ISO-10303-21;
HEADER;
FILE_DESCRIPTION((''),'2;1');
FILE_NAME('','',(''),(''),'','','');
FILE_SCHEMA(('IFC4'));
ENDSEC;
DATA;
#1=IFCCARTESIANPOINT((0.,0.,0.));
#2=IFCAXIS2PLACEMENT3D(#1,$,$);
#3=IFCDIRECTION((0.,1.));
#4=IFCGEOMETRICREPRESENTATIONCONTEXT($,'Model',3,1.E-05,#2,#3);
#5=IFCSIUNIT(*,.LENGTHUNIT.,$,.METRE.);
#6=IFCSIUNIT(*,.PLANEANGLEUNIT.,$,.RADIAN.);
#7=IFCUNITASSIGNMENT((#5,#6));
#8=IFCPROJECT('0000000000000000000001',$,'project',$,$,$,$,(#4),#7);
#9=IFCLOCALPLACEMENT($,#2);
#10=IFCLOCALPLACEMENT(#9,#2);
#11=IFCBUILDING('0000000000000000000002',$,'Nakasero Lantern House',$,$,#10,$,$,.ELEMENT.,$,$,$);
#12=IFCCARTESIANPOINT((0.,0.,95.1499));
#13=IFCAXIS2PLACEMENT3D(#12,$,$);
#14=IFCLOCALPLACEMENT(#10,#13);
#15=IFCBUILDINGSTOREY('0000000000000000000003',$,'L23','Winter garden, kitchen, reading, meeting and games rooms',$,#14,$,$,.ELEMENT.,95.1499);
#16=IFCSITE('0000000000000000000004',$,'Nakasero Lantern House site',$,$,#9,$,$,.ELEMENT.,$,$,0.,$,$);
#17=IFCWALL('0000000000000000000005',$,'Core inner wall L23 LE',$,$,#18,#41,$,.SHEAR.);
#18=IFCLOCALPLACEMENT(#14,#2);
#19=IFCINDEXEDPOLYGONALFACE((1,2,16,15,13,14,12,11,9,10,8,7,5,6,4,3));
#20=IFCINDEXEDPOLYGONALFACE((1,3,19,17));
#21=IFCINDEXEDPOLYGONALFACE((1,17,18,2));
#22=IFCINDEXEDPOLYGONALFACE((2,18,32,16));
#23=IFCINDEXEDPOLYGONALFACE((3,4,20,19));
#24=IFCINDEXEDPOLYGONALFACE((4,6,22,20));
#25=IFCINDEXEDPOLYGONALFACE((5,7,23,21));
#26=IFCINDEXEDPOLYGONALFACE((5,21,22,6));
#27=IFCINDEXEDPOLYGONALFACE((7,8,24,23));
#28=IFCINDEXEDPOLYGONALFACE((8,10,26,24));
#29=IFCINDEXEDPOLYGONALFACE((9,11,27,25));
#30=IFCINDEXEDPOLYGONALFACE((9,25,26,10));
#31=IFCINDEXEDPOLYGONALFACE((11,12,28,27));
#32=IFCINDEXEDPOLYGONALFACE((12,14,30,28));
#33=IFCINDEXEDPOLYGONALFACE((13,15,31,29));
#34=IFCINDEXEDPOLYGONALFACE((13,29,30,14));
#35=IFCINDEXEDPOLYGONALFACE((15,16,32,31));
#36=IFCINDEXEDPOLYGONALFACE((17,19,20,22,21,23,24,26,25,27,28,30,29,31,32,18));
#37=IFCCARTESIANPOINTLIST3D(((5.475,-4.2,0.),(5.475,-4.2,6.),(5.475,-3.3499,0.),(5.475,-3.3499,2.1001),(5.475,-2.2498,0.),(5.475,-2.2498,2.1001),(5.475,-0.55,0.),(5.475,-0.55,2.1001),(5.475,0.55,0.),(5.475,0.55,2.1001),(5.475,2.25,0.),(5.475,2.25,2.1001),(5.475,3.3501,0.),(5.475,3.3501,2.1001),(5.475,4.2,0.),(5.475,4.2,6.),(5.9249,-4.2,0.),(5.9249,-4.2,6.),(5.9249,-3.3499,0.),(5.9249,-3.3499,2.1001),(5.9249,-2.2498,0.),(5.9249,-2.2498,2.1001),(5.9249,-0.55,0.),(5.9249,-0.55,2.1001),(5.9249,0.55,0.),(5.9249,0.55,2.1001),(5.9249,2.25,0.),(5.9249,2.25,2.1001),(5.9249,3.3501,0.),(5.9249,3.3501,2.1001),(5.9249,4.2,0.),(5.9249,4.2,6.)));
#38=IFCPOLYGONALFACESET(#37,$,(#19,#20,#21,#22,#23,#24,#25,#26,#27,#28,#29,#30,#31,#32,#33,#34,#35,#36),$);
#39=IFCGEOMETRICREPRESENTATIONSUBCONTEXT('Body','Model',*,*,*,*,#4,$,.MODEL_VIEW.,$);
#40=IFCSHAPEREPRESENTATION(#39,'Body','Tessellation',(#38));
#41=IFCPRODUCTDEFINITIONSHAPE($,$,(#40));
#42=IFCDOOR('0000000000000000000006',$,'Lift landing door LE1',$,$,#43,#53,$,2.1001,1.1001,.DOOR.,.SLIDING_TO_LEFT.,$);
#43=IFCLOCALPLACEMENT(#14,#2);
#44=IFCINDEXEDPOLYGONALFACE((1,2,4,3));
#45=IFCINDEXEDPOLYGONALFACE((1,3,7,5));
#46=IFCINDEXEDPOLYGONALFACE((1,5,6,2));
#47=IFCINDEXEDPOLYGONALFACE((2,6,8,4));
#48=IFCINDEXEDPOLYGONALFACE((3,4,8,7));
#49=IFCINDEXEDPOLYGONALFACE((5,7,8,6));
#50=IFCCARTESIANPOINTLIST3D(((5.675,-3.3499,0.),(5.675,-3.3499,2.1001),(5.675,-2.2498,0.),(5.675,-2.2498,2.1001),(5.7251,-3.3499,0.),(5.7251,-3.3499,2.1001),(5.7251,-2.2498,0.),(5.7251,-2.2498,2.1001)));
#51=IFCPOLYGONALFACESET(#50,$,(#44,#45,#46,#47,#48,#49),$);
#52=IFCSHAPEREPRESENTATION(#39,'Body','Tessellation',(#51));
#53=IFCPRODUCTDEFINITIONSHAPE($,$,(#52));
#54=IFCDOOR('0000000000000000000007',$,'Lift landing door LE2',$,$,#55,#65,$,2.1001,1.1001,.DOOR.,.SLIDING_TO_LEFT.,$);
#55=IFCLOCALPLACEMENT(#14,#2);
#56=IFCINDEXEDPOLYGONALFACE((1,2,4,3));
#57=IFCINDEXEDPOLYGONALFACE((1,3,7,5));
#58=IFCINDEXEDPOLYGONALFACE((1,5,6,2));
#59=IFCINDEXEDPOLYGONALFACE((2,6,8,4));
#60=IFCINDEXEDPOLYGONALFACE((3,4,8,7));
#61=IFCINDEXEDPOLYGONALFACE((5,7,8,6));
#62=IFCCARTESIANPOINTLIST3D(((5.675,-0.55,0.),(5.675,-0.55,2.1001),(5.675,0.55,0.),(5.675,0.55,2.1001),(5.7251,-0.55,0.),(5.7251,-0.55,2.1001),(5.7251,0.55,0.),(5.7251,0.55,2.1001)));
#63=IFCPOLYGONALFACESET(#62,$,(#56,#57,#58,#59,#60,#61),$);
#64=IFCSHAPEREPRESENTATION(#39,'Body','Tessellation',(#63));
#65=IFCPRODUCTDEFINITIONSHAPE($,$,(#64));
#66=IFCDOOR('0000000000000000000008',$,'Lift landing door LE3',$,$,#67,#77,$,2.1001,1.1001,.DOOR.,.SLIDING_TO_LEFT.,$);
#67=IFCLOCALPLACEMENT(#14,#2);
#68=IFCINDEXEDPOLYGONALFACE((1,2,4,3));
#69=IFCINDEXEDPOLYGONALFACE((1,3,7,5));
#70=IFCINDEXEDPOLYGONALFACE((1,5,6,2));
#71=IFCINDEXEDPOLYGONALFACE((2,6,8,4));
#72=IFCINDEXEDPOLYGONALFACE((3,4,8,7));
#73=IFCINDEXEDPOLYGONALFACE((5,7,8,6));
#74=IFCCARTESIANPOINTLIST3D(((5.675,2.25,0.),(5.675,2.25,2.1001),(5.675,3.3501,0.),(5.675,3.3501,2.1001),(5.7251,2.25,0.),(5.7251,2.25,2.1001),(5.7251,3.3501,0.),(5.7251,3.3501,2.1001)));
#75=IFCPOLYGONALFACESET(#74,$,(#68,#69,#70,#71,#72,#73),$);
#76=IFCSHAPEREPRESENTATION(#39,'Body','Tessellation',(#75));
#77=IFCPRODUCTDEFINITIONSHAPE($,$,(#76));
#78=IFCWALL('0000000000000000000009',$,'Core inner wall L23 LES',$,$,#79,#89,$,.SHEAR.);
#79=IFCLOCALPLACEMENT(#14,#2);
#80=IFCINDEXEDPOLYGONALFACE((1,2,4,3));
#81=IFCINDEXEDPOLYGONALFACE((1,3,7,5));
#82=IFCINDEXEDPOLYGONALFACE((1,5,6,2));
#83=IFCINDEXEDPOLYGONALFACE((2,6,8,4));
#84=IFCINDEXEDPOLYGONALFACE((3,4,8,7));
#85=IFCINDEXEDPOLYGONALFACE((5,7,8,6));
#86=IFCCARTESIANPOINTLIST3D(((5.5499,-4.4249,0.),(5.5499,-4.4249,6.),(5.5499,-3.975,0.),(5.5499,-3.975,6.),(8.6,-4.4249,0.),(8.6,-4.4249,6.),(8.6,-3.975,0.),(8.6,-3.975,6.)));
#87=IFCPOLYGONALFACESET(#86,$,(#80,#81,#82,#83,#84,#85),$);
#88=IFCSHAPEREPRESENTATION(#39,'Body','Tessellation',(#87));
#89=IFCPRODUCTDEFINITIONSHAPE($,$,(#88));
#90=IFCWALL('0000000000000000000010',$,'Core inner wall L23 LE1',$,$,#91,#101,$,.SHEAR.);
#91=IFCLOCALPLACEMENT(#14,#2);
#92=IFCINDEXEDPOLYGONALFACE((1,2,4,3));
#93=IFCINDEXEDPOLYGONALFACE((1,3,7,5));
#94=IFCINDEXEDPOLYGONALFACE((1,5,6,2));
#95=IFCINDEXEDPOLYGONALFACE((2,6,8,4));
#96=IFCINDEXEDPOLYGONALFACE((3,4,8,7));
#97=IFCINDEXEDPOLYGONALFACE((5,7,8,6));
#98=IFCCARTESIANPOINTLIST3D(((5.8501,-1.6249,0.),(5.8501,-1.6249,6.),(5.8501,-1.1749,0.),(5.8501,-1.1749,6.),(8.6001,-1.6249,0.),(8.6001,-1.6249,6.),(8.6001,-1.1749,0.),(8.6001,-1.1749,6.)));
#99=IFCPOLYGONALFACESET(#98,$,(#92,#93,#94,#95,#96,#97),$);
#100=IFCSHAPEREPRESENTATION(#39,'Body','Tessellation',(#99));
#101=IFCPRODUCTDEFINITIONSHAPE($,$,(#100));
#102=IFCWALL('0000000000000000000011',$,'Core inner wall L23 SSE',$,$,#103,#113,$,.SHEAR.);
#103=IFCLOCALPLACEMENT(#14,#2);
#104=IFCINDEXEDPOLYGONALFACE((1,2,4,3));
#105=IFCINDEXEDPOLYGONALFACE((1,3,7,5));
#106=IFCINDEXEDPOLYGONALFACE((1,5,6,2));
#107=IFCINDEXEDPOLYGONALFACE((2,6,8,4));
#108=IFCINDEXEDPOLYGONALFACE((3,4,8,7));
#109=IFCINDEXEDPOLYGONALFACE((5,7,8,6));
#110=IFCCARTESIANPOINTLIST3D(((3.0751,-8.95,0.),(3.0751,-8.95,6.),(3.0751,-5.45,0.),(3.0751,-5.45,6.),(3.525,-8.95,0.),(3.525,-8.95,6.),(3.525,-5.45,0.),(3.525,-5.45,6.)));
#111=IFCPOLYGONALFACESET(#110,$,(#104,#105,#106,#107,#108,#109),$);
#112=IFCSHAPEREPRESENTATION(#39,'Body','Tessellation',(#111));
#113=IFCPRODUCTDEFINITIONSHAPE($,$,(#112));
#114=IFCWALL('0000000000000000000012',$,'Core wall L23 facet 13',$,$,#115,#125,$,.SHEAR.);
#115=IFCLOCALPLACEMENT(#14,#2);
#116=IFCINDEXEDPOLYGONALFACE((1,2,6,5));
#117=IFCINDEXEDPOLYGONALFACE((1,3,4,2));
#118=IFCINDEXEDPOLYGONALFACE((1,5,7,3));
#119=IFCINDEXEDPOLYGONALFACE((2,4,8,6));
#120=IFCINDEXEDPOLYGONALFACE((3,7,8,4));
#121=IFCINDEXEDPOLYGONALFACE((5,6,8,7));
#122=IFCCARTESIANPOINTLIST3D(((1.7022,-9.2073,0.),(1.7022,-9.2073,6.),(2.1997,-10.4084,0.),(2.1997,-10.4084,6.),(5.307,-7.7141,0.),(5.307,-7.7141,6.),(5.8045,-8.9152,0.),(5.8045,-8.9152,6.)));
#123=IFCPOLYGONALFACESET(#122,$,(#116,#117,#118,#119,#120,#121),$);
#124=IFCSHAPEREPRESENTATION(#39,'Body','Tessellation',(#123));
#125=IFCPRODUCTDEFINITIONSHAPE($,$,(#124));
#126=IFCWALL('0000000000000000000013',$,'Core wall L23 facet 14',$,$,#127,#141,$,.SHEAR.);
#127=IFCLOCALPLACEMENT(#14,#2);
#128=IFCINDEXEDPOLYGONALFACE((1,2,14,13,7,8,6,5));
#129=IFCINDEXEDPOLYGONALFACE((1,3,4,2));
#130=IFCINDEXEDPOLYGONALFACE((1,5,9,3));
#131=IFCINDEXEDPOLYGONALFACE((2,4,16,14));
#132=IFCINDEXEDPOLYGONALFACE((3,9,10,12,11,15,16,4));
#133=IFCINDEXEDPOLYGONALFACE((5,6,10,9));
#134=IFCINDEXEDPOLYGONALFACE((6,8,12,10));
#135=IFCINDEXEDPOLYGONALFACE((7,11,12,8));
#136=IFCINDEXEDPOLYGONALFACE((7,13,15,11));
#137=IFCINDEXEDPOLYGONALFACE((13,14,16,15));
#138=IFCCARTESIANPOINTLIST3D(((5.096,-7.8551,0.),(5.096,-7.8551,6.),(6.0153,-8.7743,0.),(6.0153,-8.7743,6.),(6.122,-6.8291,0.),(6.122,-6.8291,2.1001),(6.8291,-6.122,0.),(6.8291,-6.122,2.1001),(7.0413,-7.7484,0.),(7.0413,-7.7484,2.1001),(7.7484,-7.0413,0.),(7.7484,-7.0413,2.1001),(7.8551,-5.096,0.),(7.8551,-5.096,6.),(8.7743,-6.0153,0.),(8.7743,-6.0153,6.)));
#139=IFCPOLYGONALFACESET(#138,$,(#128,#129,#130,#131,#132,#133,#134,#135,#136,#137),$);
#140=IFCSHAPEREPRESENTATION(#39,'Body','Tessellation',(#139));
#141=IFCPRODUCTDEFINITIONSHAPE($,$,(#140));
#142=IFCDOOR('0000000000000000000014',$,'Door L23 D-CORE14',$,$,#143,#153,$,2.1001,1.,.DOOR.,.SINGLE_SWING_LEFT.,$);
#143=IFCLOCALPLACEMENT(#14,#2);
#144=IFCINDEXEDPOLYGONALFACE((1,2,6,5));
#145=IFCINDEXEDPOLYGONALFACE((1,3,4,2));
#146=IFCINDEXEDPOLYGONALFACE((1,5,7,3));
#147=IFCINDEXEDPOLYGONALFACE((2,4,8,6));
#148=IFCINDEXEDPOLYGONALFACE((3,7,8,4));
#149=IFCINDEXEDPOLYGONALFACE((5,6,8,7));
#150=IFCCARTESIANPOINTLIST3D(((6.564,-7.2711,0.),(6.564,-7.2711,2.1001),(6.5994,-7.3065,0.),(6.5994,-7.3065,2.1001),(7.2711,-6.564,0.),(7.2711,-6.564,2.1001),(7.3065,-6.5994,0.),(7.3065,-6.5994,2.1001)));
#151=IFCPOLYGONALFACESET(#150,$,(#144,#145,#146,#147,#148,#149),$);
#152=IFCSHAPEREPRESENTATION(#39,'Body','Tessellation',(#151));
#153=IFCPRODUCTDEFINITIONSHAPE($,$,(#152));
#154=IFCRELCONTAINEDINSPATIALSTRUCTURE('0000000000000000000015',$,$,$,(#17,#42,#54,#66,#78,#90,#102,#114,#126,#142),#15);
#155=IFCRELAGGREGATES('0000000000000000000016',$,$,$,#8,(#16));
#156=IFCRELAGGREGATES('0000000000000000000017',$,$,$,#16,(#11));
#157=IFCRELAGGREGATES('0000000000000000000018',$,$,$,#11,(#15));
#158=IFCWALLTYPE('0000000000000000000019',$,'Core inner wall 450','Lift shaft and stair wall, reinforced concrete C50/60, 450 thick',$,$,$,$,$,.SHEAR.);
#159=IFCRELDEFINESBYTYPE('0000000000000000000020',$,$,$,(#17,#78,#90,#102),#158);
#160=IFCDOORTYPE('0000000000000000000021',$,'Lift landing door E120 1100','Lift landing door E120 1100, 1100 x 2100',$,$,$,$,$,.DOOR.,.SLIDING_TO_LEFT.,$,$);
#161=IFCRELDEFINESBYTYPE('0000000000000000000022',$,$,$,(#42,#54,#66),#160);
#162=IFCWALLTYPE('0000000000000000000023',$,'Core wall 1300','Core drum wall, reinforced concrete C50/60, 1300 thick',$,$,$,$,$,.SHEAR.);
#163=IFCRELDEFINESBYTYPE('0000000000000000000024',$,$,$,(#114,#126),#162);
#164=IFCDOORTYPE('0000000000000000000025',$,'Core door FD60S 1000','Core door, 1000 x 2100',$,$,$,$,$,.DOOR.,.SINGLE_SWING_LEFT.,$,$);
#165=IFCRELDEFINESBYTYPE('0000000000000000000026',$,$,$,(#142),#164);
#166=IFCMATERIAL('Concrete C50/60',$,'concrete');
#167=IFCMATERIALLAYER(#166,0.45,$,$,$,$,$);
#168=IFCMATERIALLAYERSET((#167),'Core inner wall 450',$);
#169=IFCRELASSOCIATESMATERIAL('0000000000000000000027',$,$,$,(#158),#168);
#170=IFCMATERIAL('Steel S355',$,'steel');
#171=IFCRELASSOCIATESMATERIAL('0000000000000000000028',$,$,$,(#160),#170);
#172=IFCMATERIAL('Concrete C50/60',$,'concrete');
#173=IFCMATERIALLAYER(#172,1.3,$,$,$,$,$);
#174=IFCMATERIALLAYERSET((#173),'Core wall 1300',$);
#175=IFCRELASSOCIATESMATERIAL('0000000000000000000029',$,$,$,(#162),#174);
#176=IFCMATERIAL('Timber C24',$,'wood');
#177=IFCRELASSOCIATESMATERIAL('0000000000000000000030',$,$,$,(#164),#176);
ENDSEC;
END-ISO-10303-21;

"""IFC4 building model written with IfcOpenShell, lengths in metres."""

from ifc_helpers import new_model, si_unit, direction, frame, frame_2d, origin, place, context, subcontext, project, spatial, rectangle, extrude, material, layer, layer_set, type_object, element, fill, save


model = new_model("IFC4")

# Units and contexts
model_context = context("Model", 3, precision=1e-05, world=origin(), true_north=direction((0.0, 1.0)))
body_context = subcontext(model_context, "Body", "Model", "MODEL_VIEW")
ifc_project = project(units=[si_unit("LENGTHUNIT", "METRE"), si_unit("PLANEANGLEUNIT", "RADIAN")], contexts=[model_context])

# Site, building, storey
site_placement = place(None, origin())
site = spatial("IfcSite", under=ifc_project, at=site_placement, Name="Nakasero Lantern House site", CompositionType="ELEMENT", RefElevation=0.0)
building_placement = place(site_placement, origin())
building = spatial("IfcBuilding", under=site, at=building_placement, Name="Nakasero Lantern House", CompositionType="ELEMENT")
storey_placement = place(building_placement, frame((0.0, 0.0, 95.1499)))
storey = spatial("IfcBuildingStorey", under=building, at=storey_placement, Name="L23", Description="Winter garden, kitchen, reading, meeting and games rooms", CompositionType="ELEMENT", Elevation=95.1499)

# Wall, openings, doors
ifc_material_1 = material(Name="Concrete C50/60", Category="concrete")
ifc_layer_1 = layer(ifc_material_1, 0.45)
ifc_layer_set_1 = layer_set([ifc_layer_1], Name="Core inner wall 450")
wall_type_1 = type_object("IfcWallType", Name="Core inner wall 450", Description="Lift shaft and stair wall, reinforced concrete C50/60, 450 thick", PredefinedType="SHEAR", material=ifc_layer_set_1)
wall_1_placement = place(storey_placement, frame((5.7, -4.2, 0.0), z_axis=(0.0, 0.0, 1.0), x_axis=(0.0, 1.0, 0.0)))
wall_1 = element("IfcWall", 1, at=wall_1_placement, inside=storey, type_object=wall_type_1, Name="Core inner wall L23 LE", PredefinedType="SHEAR", context=body_context, shape_type="SweptSolid", body=[
    extrude(rectangle(XDim=8.3999, YDim=0.45, at=frame_2d((4.2, 0.0))), origin(), (0.0, 0.0, 1.0), 6.0),
])
opening_1_placement = place(wall_1_placement, frame((0.8501, 0.0, 0.0)))
opening_1 = element("IfcOpeningElement", 2, at=opening_1_placement, cuts=wall_1, PredefinedType="OPENING", context=body_context, shape_type="SweptSolid", body=[
    extrude(rectangle(XDim=1.1001, YDim=2.1001, at=frame_2d((0.55, 1.05))), frame((0.0, 0.2449, 0.0), z_axis=(0.0, -1.0, 0.0), x_axis=(1.0, 0.0, 0.0)), (0.0, 0.0, 1.0), 0.49),
])
opening_2_placement = place(wall_1_placement, frame((3.6499, 0.0, 0.0)))
opening_2 = element("IfcOpeningElement", 3, at=opening_2_placement, cuts=wall_1, PredefinedType="OPENING", context=body_context, shape_type="SweptSolid", body=[
    extrude(rectangle(XDim=1.1001, YDim=2.1001, at=frame_2d((0.55, 1.05))), frame((0.0, 0.2449, 0.0), z_axis=(0.0, -1.0, 0.0), x_axis=(1.0, 0.0, 0.0)), (0.0, 0.0, 1.0), 0.49),
])
opening_3_placement = place(wall_1_placement, frame((6.45, 0.0, 0.0)))
opening_3 = element("IfcOpeningElement", 4, at=opening_3_placement, cuts=wall_1, PredefinedType="OPENING", context=body_context, shape_type="SweptSolid", body=[
    extrude(rectangle(XDim=1.1001, YDim=2.1001, at=frame_2d((0.55, 1.05))), frame((0.0, 0.2449, 0.0), z_axis=(0.0, -1.0, 0.0), x_axis=(1.0, 0.0, 0.0)), (0.0, 0.0, 1.0), 0.49),
])
ifc_material_2 = material(Name="Steel S355", Category="steel")
door_type_1 = type_object("IfcDoorType", Name="Lift landing door E120 1100", Description="Lift landing door E120 1100, 1100 x 2100", OperationType="SLIDING_TO_LEFT", PredefinedType="DOOR", material=ifc_material_2)
door_1_placement = place(opening_1_placement, origin())
door_1 = element("IfcDoor", 5, at=door_1_placement, inside=storey, type_object=door_type_1, Name="Lift landing door LE1", OperationType="SLIDING_TO_LEFT", OverallHeight=2.1001, OverallWidth=1.1001, PredefinedType="DOOR", context=body_context, shape_type="SweptSolid", body=[
    extrude(rectangle(XDim=1.1001, YDim=2.1001, at=frame_2d((0.55, 1.05))), frame((0.0, 0.0249, 0.0), z_axis=(0.0, -1.0, 0.0), x_axis=(1.0, 0.0, 0.0)), (0.0, 0.0, 1.0), 0.05),
])
fill(opening_1, door_1)
door_2_placement = place(opening_2_placement, origin())
door_2 = element("IfcDoor", 6, at=door_2_placement, inside=storey, type_object=door_type_1, Name="Lift landing door LE2", OperationType="SLIDING_TO_LEFT", OverallHeight=2.1001, OverallWidth=1.1001, PredefinedType="DOOR", context=body_context, shape_type="SweptSolid", body=[
    extrude(rectangle(XDim=1.1001, YDim=2.1001, at=frame_2d((0.55, 1.05))), frame((0.0, 0.0249, 0.0), z_axis=(0.0, -1.0, 0.0), x_axis=(1.0, 0.0, 0.0)), (0.0, 0.0, 1.0), 0.05),
])
fill(opening_2, door_2)
door_3_placement = place(opening_3_placement, origin())
door_3 = element("IfcDoor", 7, at=door_3_placement, inside=storey, type_object=door_type_1, Name="Lift landing door LE3", OperationType="SLIDING_TO_LEFT", OverallHeight=2.1001, OverallWidth=1.1001, PredefinedType="DOOR", context=body_context, shape_type="SweptSolid", body=[
    extrude(rectangle(XDim=1.1001, YDim=2.1001, at=frame_2d((0.55, 1.05))), frame((0.0, 0.0249, 0.0), z_axis=(0.0, -1.0, 0.0), x_axis=(1.0, 0.0, 0.0)), (0.0, 0.0, 1.0), 0.05),
])
fill(opening_3, door_3)

# Walls
wall_2_placement = place(storey_placement, frame((5.55, -4.2, 0.0), z_axis=(0.0, 0.0, 1.0), x_axis=(1.0, 0.0, 0.0)))
element("IfcWall", 8, at=wall_2_placement, inside=storey, type_object=wall_type_1, Name="Core inner wall L23 LES", PredefinedType="SHEAR", context=body_context, shape_type="SweptSolid", body=[
    extrude(rectangle(XDim=3.05, YDim=0.45, at=frame_2d((1.5249, 0.0))), origin(), (0.0, 0.0, 1.0), 6.0),
])
wall_3_placement = place(storey_placement, frame((5.8501, -1.3999, 0.0), z_axis=(0.0, 0.0, 1.0), x_axis=(1.0, 0.0, 0.0)))
element("IfcWall", 9, at=wall_3_placement, inside=storey, type_object=wall_type_1, Name="Core inner wall L23 LE1", PredefinedType="SHEAR", context=body_context, shape_type="SweptSolid", body=[
    extrude(rectangle(XDim=2.75, YDim=0.45, at=frame_2d((1.375, 0.0))), origin(), (0.0, 0.0, 1.0), 6.0),
])
wall_4_placement = place(storey_placement, frame((3.3, -5.45, 0.0), z_axis=(0.0, 0.0, 1.0), x_axis=(0.0, -1.0, 0.0)))
element("IfcWall", 10, at=wall_4_placement, inside=storey, type_object=wall_type_1, Name="Core inner wall L23 SSE", PredefinedType="SHEAR", context=body_context, shape_type="SweptSolid", body=[
    extrude(rectangle(XDim=3.5, YDim=0.45, at=frame_2d((1.75, 0.0))), origin(), (0.0, 0.0, 1.0), 6.0),
])
ifc_material_3 = material(Name="Concrete C50/60", Category="concrete")
ifc_layer_2 = layer(ifc_material_3, 1.3)
ifc_layer_set_2 = layer_set([ifc_layer_2], Name="Core wall 1300")
wall_type_2 = type_object("IfcWallType", Name="Core wall 1300", Description="Core drum wall, reinforced concrete C50/60, 1300 thick", PredefinedType="SHEAR", material=ifc_layer_set_2)
wall_5_placement = place(storey_placement, frame((1.9509, -9.8079, 0.0), z_axis=(0.0, 0.0, 1.0), x_axis=(0.923877, 0.382691, 0.0)))
element("IfcWall", 11, at=wall_5_placement, inside=storey, type_object=wall_type_2, Name="Core wall L23 facet 13", PredefinedType="SHEAR", context=body_context, shape_type="SweptSolid", body=[
    extrude(rectangle(XDim=3.9019, YDim=1.3, at=frame_2d((1.9509, 0.0))), origin(), (0.0, 0.0, 1.0), 6.0),
])

# Wall, opening, door
wall_6_placement = place(storey_placement, frame((5.5557, -8.3147, 0.0), z_axis=(0.0, 0.0, 1.0), x_axis=(0.707107, 0.707107, 0.0)))
wall_6 = element("IfcWall", 12, at=wall_6_placement, inside=storey, type_object=wall_type_2, Name="Core wall L23 facet 14", PredefinedType="SHEAR", context=body_context, shape_type="SweptSolid", body=[
    extrude(rectangle(XDim=3.9019, YDim=1.3, at=frame_2d((1.9509, 0.0))), origin(), (0.0, 0.0, 1.0), 6.0),
])
opening_4_placement = place(wall_6_placement, frame((1.4509, 0.0, 0.0)))
opening_4 = element("IfcOpeningElement", 13, at=opening_4_placement, cuts=wall_6, PredefinedType="OPENING", context=body_context, shape_type="SweptSolid", body=[
    extrude(rectangle(XDim=1.0, YDim=2.1001, at=frame_2d((0.5, 1.05))), frame((0.0, 0.6699, 0.0), z_axis=(0.0, -1.0, 0.0), x_axis=(1.0, 0.0, 0.0)), (0.0, 0.0, 1.0), 1.3401),
])
ifc_material_4 = material(Name="Timber C24", Category="wood")
door_type_2 = type_object("IfcDoorType", Name="Core door FD60S 1000", Description="Core door, 1000 x 2100", OperationType="SINGLE_SWING_LEFT", PredefinedType="DOOR", material=ifc_material_4)
door_4_placement = place(opening_4_placement, origin())
door_4 = element("IfcDoor", 14, at=door_4_placement, inside=storey, type_object=door_type_2, Name="Door L23 D-CORE14", OperationType="SINGLE_SWING_LEFT", OverallHeight=2.1001, OverallWidth=1.0, PredefinedType="DOOR", context=body_context, shape_type="SweptSolid", body=[
    extrude(rectangle(XDim=1.0, YDim=2.1001, at=frame_2d((0.5, 1.05))), frame((0.0, 0.0249, 0.0), z_axis=(0.0, -1.0, 0.0), x_axis=(1.0, 0.0, 0.0)), (0.0, 0.0, 1.0), 0.05),
])
fill(opening_4, door_4)

save(model, "model.ifc")
